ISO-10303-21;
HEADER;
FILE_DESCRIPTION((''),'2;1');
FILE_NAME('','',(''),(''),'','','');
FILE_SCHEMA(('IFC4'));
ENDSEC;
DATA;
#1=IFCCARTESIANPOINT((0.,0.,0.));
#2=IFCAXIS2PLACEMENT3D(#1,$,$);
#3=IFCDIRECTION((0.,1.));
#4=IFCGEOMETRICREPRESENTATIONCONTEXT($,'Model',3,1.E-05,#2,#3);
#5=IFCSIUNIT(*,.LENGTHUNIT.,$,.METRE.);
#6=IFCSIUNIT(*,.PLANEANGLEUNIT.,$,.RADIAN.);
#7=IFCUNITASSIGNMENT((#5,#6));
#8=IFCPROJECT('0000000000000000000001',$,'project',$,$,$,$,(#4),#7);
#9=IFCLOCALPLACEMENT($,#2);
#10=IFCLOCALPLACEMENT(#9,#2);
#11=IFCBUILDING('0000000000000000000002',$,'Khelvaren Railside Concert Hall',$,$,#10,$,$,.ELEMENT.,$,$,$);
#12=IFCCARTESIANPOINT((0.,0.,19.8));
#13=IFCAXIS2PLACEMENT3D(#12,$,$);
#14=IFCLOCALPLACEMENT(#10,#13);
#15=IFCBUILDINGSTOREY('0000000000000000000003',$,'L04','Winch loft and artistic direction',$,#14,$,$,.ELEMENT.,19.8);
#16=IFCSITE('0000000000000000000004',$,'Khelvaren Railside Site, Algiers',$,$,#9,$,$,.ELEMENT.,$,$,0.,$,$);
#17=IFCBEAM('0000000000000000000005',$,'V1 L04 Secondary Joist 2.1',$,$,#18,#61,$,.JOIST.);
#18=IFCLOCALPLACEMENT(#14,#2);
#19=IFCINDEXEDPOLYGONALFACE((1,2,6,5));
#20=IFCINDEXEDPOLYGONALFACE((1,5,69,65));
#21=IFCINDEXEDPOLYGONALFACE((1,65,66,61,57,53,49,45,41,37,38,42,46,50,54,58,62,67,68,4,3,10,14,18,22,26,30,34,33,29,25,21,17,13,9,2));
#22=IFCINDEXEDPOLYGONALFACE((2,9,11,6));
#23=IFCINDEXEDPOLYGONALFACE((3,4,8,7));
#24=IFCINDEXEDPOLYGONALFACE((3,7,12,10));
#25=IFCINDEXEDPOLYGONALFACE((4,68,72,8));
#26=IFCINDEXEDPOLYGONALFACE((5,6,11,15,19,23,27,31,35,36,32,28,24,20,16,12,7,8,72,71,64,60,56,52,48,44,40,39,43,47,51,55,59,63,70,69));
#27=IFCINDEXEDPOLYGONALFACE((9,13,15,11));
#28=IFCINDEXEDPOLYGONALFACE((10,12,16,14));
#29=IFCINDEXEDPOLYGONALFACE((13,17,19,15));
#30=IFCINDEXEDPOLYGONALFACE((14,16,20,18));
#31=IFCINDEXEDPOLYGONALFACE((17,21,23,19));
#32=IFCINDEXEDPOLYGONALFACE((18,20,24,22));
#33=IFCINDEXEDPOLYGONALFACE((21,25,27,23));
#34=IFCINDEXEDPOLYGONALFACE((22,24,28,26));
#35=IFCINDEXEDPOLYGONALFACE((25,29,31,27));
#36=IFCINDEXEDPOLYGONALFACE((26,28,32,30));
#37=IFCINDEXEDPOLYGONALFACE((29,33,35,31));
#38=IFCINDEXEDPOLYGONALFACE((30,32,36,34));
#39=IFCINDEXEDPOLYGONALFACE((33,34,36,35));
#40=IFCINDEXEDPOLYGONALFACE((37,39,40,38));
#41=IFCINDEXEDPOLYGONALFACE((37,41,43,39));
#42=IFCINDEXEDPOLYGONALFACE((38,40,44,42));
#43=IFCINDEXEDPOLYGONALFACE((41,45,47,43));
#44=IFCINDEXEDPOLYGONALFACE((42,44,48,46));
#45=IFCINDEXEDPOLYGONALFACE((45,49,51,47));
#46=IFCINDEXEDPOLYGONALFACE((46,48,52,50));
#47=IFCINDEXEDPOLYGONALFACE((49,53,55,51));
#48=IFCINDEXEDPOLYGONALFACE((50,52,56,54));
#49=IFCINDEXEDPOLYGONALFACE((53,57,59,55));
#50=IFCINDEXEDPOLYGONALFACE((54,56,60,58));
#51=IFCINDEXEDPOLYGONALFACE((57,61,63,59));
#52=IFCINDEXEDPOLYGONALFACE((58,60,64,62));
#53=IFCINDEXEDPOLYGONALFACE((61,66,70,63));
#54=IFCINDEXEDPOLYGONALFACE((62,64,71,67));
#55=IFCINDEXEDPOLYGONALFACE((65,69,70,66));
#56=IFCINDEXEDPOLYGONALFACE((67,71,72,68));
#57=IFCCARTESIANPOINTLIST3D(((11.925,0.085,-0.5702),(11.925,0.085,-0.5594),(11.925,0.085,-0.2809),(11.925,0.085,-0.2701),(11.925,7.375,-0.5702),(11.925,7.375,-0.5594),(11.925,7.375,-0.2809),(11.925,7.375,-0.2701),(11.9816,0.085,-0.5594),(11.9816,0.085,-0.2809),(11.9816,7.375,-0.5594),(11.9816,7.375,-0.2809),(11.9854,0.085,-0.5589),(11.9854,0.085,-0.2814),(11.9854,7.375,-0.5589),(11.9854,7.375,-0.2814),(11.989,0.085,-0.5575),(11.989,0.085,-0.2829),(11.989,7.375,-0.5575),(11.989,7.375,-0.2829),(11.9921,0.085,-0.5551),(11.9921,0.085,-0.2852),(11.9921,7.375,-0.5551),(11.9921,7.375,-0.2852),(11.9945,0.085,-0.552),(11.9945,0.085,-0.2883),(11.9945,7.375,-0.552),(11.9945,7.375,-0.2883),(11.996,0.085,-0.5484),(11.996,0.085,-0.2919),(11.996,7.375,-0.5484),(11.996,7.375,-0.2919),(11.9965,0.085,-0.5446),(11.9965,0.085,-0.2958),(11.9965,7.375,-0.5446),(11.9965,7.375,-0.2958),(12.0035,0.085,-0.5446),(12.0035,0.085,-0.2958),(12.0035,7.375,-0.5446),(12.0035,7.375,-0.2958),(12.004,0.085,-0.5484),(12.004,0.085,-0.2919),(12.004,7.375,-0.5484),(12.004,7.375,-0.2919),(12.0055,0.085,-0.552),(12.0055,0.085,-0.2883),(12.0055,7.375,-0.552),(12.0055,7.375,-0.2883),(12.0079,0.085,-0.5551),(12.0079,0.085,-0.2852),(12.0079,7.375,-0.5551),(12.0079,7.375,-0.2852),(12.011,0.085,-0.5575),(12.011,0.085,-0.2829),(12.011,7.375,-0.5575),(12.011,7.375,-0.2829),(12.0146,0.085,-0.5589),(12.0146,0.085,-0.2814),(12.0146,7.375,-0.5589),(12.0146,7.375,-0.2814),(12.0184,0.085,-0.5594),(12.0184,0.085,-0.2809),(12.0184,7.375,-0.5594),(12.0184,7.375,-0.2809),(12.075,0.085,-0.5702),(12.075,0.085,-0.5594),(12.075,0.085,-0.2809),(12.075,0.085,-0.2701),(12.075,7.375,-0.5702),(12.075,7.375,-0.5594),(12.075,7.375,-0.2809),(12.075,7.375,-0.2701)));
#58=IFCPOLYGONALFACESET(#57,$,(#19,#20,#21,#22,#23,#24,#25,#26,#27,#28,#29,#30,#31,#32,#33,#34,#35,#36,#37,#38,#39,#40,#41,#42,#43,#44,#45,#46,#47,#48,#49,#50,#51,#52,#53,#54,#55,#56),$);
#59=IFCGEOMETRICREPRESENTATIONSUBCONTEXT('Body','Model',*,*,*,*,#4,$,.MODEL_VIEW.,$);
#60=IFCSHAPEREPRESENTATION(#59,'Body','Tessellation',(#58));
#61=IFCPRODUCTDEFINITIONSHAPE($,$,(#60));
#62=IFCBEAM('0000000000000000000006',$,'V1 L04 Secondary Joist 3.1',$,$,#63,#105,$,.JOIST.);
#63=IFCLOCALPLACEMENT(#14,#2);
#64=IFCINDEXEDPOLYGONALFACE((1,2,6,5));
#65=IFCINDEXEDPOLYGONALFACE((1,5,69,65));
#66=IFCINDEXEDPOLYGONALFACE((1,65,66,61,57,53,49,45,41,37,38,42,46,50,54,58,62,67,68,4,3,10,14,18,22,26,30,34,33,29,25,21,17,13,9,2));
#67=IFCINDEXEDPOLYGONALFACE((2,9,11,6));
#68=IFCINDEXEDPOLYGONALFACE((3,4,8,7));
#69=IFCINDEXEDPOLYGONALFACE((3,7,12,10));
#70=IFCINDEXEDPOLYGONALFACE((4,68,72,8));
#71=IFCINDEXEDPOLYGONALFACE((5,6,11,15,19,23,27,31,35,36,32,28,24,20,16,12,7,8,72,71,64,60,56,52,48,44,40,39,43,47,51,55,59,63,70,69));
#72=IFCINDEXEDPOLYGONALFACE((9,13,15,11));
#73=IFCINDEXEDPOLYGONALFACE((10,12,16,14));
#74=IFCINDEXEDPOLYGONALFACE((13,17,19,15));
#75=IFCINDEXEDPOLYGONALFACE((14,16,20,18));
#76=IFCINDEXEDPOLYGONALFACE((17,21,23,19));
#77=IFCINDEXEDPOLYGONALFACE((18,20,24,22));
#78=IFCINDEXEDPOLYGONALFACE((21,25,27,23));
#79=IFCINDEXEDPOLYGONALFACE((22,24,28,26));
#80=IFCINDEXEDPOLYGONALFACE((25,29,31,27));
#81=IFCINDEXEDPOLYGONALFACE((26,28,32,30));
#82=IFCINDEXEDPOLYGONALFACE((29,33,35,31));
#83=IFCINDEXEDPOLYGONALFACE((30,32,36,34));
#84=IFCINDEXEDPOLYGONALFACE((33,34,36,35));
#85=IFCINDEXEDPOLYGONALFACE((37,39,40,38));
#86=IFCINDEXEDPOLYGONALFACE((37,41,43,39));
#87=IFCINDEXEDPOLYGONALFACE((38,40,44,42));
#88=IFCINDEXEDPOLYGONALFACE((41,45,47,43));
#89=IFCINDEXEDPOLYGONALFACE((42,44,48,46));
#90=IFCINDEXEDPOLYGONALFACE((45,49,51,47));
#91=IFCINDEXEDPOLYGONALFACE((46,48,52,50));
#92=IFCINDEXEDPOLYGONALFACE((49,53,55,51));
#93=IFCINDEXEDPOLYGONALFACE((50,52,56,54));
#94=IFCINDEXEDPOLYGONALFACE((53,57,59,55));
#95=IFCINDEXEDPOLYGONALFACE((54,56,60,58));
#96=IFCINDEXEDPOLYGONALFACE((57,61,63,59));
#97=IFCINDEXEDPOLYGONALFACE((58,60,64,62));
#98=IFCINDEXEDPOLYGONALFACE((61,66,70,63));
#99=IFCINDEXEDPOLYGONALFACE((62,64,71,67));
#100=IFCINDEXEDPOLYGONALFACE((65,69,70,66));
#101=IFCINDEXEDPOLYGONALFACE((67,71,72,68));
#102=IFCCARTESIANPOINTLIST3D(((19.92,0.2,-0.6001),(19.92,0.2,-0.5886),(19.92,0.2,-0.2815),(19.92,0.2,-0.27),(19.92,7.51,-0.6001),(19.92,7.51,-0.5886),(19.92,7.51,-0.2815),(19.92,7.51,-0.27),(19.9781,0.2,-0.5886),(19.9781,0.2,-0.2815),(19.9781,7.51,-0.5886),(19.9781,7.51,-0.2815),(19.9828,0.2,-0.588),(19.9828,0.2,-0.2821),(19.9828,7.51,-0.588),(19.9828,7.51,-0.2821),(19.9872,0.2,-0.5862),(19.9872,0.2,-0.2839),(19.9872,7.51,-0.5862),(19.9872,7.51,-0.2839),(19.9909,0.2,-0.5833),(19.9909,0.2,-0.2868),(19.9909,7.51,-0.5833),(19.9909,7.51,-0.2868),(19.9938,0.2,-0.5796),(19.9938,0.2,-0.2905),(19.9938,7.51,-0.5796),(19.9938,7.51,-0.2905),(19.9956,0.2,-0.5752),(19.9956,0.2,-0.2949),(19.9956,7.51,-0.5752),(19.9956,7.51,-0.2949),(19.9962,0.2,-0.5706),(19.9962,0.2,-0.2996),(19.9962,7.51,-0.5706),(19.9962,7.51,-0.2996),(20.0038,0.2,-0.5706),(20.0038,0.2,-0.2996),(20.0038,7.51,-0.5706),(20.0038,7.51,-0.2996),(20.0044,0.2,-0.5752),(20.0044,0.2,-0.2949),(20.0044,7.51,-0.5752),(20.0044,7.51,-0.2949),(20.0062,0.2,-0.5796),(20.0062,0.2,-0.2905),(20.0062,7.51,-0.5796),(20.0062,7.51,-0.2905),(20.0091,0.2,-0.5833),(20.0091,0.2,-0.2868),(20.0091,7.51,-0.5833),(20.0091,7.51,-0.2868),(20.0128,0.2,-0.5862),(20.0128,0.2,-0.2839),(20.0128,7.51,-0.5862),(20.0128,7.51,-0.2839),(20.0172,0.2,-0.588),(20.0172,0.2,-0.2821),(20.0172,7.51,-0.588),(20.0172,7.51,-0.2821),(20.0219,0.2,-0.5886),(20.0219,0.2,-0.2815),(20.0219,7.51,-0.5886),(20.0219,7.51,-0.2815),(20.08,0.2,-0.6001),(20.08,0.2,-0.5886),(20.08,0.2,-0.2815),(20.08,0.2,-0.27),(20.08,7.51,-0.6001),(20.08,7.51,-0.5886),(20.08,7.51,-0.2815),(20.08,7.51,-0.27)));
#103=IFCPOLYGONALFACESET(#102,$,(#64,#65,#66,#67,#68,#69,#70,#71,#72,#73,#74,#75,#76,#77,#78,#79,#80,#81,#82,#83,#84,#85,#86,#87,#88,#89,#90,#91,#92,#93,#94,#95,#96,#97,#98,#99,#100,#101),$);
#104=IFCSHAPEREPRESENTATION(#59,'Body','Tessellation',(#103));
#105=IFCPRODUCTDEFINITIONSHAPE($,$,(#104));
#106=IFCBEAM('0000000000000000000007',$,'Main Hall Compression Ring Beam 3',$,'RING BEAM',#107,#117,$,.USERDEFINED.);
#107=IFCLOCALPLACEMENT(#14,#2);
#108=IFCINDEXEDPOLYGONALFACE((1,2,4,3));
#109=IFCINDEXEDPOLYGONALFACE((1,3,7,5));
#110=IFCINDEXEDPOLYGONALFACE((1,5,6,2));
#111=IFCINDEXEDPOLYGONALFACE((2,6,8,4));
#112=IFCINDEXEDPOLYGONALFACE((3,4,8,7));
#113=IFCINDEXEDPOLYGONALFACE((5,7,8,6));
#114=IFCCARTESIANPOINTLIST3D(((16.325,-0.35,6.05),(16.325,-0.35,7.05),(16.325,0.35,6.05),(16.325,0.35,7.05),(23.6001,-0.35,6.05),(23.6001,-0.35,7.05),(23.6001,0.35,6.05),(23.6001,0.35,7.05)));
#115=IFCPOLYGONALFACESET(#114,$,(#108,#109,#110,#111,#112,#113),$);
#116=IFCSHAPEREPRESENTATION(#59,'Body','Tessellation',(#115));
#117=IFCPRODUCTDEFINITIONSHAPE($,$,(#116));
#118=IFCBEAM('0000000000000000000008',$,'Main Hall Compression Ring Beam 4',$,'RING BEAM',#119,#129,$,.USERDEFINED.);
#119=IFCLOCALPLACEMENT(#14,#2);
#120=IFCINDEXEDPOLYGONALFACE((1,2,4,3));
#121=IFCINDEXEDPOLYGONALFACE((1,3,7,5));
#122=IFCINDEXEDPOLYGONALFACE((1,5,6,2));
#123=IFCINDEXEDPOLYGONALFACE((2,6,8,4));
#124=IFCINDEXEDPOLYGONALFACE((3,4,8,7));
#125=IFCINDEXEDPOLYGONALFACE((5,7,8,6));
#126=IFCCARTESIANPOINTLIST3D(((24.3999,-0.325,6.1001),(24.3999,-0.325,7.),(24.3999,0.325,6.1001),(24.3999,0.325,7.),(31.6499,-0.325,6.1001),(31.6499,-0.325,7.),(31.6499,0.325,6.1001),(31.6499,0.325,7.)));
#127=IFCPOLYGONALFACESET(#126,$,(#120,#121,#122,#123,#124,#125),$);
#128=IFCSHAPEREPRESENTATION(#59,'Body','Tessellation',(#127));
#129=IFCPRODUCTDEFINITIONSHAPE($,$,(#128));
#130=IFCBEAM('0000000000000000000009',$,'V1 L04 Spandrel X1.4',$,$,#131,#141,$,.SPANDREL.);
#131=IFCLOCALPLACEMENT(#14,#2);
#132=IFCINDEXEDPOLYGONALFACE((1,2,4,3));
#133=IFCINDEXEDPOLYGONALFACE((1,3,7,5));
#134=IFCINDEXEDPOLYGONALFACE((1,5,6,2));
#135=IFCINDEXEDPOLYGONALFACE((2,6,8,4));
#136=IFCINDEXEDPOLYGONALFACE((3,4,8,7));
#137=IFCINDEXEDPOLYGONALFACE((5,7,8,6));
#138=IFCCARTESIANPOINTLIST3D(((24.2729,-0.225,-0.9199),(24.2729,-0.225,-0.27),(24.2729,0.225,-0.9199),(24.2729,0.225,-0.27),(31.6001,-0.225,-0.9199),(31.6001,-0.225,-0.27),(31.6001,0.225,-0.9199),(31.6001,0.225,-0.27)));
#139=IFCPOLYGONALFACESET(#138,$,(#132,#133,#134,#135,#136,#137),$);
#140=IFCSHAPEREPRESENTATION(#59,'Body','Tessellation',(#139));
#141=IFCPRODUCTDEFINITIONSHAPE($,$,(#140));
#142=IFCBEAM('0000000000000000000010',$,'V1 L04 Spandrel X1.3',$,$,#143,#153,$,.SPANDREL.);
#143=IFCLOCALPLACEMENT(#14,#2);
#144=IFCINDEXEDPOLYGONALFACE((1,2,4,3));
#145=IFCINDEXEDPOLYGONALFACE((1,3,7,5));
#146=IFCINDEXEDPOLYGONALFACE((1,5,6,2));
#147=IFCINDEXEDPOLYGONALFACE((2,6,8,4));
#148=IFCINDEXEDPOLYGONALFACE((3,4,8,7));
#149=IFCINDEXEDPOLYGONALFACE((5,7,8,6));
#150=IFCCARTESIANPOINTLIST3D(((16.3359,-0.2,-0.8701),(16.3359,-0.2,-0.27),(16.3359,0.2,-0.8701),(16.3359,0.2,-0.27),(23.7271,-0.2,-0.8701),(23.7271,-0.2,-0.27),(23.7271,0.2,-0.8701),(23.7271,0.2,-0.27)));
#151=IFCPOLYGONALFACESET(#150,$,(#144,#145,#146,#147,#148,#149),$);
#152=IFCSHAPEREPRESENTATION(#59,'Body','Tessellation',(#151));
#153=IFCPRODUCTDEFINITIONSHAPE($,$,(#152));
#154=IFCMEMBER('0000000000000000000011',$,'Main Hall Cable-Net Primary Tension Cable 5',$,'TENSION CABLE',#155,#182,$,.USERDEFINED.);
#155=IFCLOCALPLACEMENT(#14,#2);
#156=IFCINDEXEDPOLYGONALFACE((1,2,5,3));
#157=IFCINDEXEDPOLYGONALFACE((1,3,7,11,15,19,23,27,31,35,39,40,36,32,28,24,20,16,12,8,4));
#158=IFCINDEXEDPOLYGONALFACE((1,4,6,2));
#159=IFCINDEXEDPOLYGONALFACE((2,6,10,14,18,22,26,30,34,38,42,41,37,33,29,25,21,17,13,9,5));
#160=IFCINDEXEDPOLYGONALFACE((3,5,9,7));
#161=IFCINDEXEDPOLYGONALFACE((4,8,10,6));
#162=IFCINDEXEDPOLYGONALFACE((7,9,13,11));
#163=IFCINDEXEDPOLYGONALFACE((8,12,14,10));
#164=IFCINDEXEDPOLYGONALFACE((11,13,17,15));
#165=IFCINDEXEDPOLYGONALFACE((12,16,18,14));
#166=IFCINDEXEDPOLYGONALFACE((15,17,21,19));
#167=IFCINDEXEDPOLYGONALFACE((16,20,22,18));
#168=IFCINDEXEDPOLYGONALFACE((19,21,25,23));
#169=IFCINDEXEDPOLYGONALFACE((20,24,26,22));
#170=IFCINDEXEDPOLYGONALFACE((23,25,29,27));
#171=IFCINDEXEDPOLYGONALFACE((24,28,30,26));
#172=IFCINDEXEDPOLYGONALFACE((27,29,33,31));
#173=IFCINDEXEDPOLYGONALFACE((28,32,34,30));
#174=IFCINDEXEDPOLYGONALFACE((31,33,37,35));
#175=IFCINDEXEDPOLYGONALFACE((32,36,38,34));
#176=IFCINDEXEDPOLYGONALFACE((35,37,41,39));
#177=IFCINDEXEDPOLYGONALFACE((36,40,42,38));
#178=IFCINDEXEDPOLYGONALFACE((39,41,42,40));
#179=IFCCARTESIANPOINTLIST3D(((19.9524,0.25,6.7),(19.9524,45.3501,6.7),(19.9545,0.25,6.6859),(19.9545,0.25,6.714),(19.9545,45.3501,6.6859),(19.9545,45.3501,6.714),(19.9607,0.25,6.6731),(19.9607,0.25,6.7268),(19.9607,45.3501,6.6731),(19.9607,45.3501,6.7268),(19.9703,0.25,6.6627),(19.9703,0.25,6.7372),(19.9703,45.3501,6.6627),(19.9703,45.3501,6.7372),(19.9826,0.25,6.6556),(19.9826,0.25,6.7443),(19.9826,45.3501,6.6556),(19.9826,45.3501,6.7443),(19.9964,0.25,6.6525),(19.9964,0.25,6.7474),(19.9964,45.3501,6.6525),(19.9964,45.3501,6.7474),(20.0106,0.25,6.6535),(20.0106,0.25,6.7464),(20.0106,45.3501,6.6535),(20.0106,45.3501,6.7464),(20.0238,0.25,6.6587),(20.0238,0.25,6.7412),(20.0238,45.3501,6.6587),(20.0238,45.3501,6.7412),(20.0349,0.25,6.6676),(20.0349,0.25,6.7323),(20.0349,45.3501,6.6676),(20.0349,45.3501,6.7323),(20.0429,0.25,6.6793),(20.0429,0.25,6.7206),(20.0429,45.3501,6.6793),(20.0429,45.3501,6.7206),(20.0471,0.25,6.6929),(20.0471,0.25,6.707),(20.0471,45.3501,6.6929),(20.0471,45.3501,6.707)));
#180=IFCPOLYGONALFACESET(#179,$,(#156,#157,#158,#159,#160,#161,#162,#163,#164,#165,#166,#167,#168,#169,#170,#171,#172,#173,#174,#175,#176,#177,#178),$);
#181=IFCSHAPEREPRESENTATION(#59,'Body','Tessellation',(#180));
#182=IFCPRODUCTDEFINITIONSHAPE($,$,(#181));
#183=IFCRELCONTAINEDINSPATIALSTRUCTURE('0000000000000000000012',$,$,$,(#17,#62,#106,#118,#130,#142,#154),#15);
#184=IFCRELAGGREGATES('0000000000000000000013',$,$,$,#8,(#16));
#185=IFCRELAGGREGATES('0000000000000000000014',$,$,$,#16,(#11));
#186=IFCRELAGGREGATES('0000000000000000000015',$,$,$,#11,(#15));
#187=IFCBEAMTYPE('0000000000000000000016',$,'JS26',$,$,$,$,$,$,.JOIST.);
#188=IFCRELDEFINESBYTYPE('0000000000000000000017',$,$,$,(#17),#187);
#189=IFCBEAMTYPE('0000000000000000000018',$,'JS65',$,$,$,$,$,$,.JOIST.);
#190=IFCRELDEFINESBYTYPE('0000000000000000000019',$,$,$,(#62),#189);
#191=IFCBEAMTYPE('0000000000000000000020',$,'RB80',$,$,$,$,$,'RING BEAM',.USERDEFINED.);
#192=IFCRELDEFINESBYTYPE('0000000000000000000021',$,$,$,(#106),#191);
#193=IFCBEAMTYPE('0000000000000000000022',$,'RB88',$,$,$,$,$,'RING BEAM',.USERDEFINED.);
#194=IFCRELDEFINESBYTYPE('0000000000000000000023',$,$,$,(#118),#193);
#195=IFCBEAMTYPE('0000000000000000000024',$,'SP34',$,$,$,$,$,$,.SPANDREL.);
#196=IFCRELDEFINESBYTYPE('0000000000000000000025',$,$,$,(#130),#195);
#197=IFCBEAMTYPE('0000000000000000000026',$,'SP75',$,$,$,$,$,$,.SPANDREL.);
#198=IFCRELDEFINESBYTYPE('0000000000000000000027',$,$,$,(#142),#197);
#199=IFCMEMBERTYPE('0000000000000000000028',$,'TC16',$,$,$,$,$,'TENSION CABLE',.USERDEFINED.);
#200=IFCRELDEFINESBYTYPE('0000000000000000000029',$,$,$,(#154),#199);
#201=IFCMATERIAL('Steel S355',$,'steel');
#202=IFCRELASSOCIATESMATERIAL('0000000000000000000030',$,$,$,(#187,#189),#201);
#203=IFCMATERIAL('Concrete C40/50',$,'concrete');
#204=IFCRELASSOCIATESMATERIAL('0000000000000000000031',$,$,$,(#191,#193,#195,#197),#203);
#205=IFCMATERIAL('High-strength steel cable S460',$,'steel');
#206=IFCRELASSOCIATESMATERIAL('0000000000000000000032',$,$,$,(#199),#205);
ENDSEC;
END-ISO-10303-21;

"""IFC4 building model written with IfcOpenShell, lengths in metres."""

from ifc_helpers import new_model, si_unit, direction, frame, origin, origin_2d, place, context, subcontext, project, spatial, rectangle, circle, i_section, extrude, material, material_profile, profile_set, type_object, element, save


model = new_model("IFC4")

# Units and contexts
model_context = context("Model", 3, precision=1e-05, world=origin(), true_north=direction((0.0, 1.0)))
body_context = subcontext(model_context, "Body", "Model", "MODEL_VIEW")
ifc_project = project(units=[si_unit("LENGTHUNIT", "METRE"), si_unit("PLANEANGLEUNIT", "RADIAN")], contexts=[model_context])

# Site, building, storey
site_placement = place(None, origin())
site = spatial("IfcSite", under=ifc_project, at=site_placement, Name="Khelvaren Railside Site, Algiers", CompositionType="ELEMENT", RefElevation=0.0)
building_placement = place(site_placement, origin())
building = spatial("IfcBuilding", under=site, at=building_placement, Name="Khelvaren Railside Concert Hall", CompositionType="ELEMENT")
storey_placement = place(building_placement, frame((0.0, 0.0, 19.8)))
storey = spatial("IfcBuildingStorey", under=building, at=storey_placement, Name="L04", Description="Winch loft and artistic direction", CompositionType="ELEMENT", Elevation=19.8)

# Shared definitions
ifc_material_1 = material(Name="Steel S355", Category="steel")

# Beams
ifc_material_2 = material(Name="Concrete C40/50", Category="concrete")
ifc_material_profile_1 = material_profile(ifc_material_1, i_section(OverallWidth=0.1499, OverallDepth=0.3, WebThickness=0.0071, FlangeThickness=0.0107, FilletRadius=0.0149, at=origin_2d()), Name="IPE 300")
ifc_profile_set_1 = profile_set([ifc_material_profile_1], Name="Steel S355")
beam_type_1 = type_object("IfcBeamType", Name="JS26", PredefinedType="JOIST", material=ifc_profile_set_1)
beam_1_placement = place(storey_placement, frame((12.0, 0.085, -0.4202), z_axis=(0.0, 1.0, 0.0), x_axis=(-1.0, 0.0, 0.0)))
element("IfcBeam", 1, at=beam_1_placement, inside=storey, type_object=beam_type_1, Name="V1 L04 Secondary Joist 2.1", PredefinedType="JOIST", context=body_context, shape_type="SweptSolid", body=[
    extrude(i_section(OverallWidth=0.1499, OverallDepth=0.3, WebThickness=0.0071, FlangeThickness=0.0107, FilletRadius=0.0149, at=origin_2d()), origin(), (0.0, 0.0, 1.0), 7.29),
])
ifc_material_profile_2 = material_profile(ifc_material_1, i_section(OverallWidth=0.1599, OverallDepth=0.3301, WebThickness=0.0076, FlangeThickness=0.0115, FilletRadius=0.0181, at=origin_2d()), Name="IPE 330")
ifc_profile_set_2 = profile_set([ifc_material_profile_2], Name="Steel S355")
beam_type_2 = type_object("IfcBeamType", Name="JS65", PredefinedType="JOIST", material=ifc_profile_set_2)
beam_2_placement = place(storey_placement, frame((20.0, 0.2, -0.4351), z_axis=(0.0, 1.0, 0.0), x_axis=(-1.0, 0.0, 0.0)))
element("IfcBeam", 2, at=beam_2_placement, inside=storey, type_object=beam_type_2, Name="V1 L04 Secondary Joist 3.1", PredefinedType="JOIST", context=body_context, shape_type="SweptSolid", body=[
    extrude(i_section(OverallWidth=0.1599, OverallDepth=0.3301, WebThickness=0.0076, FlangeThickness=0.0115, FilletRadius=0.0181, at=origin_2d()), origin(), (0.0, 0.0, 1.0), 7.3101),
])
ifc_material_profile_3 = material_profile(ifc_material_2, rectangle(XDim=0.7, YDim=1.0, at=origin_2d()), Name="RCB 700x1000")
ifc_profile_set_3 = profile_set([ifc_material_profile_3], Name="Concrete C40/50")
beam_type_3 = type_object("IfcBeamType", Name="RB80", ElementType="RING BEAM", PredefinedType="USERDEFINED", material=ifc_profile_set_3)
beam_3_placement = place(storey_placement, frame((16.325, 0.0, 6.55), z_axis=(1.0, 0.0, 0.0), x_axis=(0.0, 1.0, 0.0)))
element("IfcBeam", 3, at=beam_3_placement, inside=storey, type_object=beam_type_3, Name="Main Hall Compression Ring Beam 3", ObjectType="RING BEAM", PredefinedType="USERDEFINED", context=body_context, shape_type="SweptSolid", body=[
    extrude(rectangle(XDim=0.7, YDim=1.0, at=origin_2d()), origin(), (0.0, 0.0, 1.0), 7.2751),
])
ifc_material_profile_4 = material_profile(ifc_material_2, rectangle(XDim=0.6499, YDim=0.8999, at=origin_2d()), Name="RCB 650x900")
ifc_profile_set_4 = profile_set([ifc_material_profile_4], Name="Concrete C40/50")
beam_type_4 = type_object("IfcBeamType", Name="RB88", ElementType="RING BEAM", PredefinedType="USERDEFINED", material=ifc_profile_set_4)
beam_4_placement = place(storey_placement, frame((24.3999, 0.0, 6.55), z_axis=(1.0, 0.0, 0.0), x_axis=(0.0, 1.0, 0.0)))
element("IfcBeam", 4, at=beam_4_placement, inside=storey, type_object=beam_type_4, Name="Main Hall Compression Ring Beam 4", ObjectType="RING BEAM", PredefinedType="USERDEFINED", context=body_context, shape_type="SweptSolid", body=[
    extrude(rectangle(XDim=0.6499, YDim=0.8999, at=origin_2d()), origin(), (0.0, 0.0, 1.0), 7.25),
])
ifc_material_profile_5 = material_profile(ifc_material_2, rectangle(XDim=0.45, YDim=0.6499, at=origin_2d()), Name="RCB 450x650")
ifc_profile_set_5 = profile_set([ifc_material_profile_5], Name="Concrete C40/50")
beam_type_5 = type_object("IfcBeamType", Name="SP34", PredefinedType="SPANDREL", material=ifc_profile_set_5)
beam_5_placement = place(storey_placement, frame((24.2729, 0.0, -0.595), z_axis=(1.0, 0.0, 0.0), x_axis=(0.0, 1.0, 0.0)))
element("IfcBeam", 5, at=beam_5_placement, inside=storey, type_object=beam_type_5, Name="V1 L04 Spandrel X1.4", PredefinedType="SPANDREL", context=body_context, shape_type="SweptSolid", body=[
    extrude(rectangle(XDim=0.45, YDim=0.6499, at=origin_2d()), origin(), (0.0, 0.0, 1.0), 7.3271),
])
ifc_material_profile_6 = material_profile(ifc_material_2, rectangle(XDim=0.3999, YDim=0.6001, at=origin_2d()), Name="RCB 400x600")
ifc_profile_set_6 = profile_set([ifc_material_profile_6], Name="Concrete C40/50")
beam_type_6 = type_object("IfcBeamType", Name="SP75", PredefinedType="SPANDREL", material=ifc_profile_set_6)
beam_6_placement = place(storey_placement, frame((16.3359, 0.0, -0.5701), z_axis=(1.0, 0.0, 0.0), x_axis=(0.0, 1.0, 0.0)))
element("IfcBeam", 6, at=beam_6_placement, inside=storey, type_object=beam_type_6, Name="V1 L04 Spandrel X1.3", PredefinedType="SPANDREL", context=body_context, shape_type="SweptSolid", body=[
    extrude(rectangle(XDim=0.3999, YDim=0.6001, at=origin_2d()), origin(), (0.0, 0.0, 1.0), 7.3911),
])

# Member
ifc_material_3 = material(Name="High-strength steel cable S460", Category="steel")
ifc_material_profile_7 = material_profile(ifc_material_3, circle(Radius=0.0476, at=origin_2d()), Name="LCB D95")
ifc_profile_set_7 = profile_set([ifc_material_profile_7], Name="High-strength steel cable S460")
member_type_1 = type_object("IfcMemberType", Name="TC16", ElementType="TENSION CABLE", PredefinedType="USERDEFINED", material=ifc_profile_set_7)
member_1_placement = place(storey_placement, frame((20.0, 0.25, 6.7), z_axis=(0.0, 1.0, 0.0), x_axis=(-1.0, 0.0, 0.0)))
element("IfcMember", 7, at=member_1_placement, inside=storey, type_object=member_type_1, Name="Main Hall Cable-Net Primary Tension Cable 5", ObjectType="TENSION CABLE", PredefinedType="USERDEFINED", context=body_context, shape_type="SweptSolid", body=[
    extrude(circle(Radius=0.0476, at=origin_2d()), origin(), (0.0, 0.0, 1.0), 45.1001),
])

save(model, "model.ifc")
